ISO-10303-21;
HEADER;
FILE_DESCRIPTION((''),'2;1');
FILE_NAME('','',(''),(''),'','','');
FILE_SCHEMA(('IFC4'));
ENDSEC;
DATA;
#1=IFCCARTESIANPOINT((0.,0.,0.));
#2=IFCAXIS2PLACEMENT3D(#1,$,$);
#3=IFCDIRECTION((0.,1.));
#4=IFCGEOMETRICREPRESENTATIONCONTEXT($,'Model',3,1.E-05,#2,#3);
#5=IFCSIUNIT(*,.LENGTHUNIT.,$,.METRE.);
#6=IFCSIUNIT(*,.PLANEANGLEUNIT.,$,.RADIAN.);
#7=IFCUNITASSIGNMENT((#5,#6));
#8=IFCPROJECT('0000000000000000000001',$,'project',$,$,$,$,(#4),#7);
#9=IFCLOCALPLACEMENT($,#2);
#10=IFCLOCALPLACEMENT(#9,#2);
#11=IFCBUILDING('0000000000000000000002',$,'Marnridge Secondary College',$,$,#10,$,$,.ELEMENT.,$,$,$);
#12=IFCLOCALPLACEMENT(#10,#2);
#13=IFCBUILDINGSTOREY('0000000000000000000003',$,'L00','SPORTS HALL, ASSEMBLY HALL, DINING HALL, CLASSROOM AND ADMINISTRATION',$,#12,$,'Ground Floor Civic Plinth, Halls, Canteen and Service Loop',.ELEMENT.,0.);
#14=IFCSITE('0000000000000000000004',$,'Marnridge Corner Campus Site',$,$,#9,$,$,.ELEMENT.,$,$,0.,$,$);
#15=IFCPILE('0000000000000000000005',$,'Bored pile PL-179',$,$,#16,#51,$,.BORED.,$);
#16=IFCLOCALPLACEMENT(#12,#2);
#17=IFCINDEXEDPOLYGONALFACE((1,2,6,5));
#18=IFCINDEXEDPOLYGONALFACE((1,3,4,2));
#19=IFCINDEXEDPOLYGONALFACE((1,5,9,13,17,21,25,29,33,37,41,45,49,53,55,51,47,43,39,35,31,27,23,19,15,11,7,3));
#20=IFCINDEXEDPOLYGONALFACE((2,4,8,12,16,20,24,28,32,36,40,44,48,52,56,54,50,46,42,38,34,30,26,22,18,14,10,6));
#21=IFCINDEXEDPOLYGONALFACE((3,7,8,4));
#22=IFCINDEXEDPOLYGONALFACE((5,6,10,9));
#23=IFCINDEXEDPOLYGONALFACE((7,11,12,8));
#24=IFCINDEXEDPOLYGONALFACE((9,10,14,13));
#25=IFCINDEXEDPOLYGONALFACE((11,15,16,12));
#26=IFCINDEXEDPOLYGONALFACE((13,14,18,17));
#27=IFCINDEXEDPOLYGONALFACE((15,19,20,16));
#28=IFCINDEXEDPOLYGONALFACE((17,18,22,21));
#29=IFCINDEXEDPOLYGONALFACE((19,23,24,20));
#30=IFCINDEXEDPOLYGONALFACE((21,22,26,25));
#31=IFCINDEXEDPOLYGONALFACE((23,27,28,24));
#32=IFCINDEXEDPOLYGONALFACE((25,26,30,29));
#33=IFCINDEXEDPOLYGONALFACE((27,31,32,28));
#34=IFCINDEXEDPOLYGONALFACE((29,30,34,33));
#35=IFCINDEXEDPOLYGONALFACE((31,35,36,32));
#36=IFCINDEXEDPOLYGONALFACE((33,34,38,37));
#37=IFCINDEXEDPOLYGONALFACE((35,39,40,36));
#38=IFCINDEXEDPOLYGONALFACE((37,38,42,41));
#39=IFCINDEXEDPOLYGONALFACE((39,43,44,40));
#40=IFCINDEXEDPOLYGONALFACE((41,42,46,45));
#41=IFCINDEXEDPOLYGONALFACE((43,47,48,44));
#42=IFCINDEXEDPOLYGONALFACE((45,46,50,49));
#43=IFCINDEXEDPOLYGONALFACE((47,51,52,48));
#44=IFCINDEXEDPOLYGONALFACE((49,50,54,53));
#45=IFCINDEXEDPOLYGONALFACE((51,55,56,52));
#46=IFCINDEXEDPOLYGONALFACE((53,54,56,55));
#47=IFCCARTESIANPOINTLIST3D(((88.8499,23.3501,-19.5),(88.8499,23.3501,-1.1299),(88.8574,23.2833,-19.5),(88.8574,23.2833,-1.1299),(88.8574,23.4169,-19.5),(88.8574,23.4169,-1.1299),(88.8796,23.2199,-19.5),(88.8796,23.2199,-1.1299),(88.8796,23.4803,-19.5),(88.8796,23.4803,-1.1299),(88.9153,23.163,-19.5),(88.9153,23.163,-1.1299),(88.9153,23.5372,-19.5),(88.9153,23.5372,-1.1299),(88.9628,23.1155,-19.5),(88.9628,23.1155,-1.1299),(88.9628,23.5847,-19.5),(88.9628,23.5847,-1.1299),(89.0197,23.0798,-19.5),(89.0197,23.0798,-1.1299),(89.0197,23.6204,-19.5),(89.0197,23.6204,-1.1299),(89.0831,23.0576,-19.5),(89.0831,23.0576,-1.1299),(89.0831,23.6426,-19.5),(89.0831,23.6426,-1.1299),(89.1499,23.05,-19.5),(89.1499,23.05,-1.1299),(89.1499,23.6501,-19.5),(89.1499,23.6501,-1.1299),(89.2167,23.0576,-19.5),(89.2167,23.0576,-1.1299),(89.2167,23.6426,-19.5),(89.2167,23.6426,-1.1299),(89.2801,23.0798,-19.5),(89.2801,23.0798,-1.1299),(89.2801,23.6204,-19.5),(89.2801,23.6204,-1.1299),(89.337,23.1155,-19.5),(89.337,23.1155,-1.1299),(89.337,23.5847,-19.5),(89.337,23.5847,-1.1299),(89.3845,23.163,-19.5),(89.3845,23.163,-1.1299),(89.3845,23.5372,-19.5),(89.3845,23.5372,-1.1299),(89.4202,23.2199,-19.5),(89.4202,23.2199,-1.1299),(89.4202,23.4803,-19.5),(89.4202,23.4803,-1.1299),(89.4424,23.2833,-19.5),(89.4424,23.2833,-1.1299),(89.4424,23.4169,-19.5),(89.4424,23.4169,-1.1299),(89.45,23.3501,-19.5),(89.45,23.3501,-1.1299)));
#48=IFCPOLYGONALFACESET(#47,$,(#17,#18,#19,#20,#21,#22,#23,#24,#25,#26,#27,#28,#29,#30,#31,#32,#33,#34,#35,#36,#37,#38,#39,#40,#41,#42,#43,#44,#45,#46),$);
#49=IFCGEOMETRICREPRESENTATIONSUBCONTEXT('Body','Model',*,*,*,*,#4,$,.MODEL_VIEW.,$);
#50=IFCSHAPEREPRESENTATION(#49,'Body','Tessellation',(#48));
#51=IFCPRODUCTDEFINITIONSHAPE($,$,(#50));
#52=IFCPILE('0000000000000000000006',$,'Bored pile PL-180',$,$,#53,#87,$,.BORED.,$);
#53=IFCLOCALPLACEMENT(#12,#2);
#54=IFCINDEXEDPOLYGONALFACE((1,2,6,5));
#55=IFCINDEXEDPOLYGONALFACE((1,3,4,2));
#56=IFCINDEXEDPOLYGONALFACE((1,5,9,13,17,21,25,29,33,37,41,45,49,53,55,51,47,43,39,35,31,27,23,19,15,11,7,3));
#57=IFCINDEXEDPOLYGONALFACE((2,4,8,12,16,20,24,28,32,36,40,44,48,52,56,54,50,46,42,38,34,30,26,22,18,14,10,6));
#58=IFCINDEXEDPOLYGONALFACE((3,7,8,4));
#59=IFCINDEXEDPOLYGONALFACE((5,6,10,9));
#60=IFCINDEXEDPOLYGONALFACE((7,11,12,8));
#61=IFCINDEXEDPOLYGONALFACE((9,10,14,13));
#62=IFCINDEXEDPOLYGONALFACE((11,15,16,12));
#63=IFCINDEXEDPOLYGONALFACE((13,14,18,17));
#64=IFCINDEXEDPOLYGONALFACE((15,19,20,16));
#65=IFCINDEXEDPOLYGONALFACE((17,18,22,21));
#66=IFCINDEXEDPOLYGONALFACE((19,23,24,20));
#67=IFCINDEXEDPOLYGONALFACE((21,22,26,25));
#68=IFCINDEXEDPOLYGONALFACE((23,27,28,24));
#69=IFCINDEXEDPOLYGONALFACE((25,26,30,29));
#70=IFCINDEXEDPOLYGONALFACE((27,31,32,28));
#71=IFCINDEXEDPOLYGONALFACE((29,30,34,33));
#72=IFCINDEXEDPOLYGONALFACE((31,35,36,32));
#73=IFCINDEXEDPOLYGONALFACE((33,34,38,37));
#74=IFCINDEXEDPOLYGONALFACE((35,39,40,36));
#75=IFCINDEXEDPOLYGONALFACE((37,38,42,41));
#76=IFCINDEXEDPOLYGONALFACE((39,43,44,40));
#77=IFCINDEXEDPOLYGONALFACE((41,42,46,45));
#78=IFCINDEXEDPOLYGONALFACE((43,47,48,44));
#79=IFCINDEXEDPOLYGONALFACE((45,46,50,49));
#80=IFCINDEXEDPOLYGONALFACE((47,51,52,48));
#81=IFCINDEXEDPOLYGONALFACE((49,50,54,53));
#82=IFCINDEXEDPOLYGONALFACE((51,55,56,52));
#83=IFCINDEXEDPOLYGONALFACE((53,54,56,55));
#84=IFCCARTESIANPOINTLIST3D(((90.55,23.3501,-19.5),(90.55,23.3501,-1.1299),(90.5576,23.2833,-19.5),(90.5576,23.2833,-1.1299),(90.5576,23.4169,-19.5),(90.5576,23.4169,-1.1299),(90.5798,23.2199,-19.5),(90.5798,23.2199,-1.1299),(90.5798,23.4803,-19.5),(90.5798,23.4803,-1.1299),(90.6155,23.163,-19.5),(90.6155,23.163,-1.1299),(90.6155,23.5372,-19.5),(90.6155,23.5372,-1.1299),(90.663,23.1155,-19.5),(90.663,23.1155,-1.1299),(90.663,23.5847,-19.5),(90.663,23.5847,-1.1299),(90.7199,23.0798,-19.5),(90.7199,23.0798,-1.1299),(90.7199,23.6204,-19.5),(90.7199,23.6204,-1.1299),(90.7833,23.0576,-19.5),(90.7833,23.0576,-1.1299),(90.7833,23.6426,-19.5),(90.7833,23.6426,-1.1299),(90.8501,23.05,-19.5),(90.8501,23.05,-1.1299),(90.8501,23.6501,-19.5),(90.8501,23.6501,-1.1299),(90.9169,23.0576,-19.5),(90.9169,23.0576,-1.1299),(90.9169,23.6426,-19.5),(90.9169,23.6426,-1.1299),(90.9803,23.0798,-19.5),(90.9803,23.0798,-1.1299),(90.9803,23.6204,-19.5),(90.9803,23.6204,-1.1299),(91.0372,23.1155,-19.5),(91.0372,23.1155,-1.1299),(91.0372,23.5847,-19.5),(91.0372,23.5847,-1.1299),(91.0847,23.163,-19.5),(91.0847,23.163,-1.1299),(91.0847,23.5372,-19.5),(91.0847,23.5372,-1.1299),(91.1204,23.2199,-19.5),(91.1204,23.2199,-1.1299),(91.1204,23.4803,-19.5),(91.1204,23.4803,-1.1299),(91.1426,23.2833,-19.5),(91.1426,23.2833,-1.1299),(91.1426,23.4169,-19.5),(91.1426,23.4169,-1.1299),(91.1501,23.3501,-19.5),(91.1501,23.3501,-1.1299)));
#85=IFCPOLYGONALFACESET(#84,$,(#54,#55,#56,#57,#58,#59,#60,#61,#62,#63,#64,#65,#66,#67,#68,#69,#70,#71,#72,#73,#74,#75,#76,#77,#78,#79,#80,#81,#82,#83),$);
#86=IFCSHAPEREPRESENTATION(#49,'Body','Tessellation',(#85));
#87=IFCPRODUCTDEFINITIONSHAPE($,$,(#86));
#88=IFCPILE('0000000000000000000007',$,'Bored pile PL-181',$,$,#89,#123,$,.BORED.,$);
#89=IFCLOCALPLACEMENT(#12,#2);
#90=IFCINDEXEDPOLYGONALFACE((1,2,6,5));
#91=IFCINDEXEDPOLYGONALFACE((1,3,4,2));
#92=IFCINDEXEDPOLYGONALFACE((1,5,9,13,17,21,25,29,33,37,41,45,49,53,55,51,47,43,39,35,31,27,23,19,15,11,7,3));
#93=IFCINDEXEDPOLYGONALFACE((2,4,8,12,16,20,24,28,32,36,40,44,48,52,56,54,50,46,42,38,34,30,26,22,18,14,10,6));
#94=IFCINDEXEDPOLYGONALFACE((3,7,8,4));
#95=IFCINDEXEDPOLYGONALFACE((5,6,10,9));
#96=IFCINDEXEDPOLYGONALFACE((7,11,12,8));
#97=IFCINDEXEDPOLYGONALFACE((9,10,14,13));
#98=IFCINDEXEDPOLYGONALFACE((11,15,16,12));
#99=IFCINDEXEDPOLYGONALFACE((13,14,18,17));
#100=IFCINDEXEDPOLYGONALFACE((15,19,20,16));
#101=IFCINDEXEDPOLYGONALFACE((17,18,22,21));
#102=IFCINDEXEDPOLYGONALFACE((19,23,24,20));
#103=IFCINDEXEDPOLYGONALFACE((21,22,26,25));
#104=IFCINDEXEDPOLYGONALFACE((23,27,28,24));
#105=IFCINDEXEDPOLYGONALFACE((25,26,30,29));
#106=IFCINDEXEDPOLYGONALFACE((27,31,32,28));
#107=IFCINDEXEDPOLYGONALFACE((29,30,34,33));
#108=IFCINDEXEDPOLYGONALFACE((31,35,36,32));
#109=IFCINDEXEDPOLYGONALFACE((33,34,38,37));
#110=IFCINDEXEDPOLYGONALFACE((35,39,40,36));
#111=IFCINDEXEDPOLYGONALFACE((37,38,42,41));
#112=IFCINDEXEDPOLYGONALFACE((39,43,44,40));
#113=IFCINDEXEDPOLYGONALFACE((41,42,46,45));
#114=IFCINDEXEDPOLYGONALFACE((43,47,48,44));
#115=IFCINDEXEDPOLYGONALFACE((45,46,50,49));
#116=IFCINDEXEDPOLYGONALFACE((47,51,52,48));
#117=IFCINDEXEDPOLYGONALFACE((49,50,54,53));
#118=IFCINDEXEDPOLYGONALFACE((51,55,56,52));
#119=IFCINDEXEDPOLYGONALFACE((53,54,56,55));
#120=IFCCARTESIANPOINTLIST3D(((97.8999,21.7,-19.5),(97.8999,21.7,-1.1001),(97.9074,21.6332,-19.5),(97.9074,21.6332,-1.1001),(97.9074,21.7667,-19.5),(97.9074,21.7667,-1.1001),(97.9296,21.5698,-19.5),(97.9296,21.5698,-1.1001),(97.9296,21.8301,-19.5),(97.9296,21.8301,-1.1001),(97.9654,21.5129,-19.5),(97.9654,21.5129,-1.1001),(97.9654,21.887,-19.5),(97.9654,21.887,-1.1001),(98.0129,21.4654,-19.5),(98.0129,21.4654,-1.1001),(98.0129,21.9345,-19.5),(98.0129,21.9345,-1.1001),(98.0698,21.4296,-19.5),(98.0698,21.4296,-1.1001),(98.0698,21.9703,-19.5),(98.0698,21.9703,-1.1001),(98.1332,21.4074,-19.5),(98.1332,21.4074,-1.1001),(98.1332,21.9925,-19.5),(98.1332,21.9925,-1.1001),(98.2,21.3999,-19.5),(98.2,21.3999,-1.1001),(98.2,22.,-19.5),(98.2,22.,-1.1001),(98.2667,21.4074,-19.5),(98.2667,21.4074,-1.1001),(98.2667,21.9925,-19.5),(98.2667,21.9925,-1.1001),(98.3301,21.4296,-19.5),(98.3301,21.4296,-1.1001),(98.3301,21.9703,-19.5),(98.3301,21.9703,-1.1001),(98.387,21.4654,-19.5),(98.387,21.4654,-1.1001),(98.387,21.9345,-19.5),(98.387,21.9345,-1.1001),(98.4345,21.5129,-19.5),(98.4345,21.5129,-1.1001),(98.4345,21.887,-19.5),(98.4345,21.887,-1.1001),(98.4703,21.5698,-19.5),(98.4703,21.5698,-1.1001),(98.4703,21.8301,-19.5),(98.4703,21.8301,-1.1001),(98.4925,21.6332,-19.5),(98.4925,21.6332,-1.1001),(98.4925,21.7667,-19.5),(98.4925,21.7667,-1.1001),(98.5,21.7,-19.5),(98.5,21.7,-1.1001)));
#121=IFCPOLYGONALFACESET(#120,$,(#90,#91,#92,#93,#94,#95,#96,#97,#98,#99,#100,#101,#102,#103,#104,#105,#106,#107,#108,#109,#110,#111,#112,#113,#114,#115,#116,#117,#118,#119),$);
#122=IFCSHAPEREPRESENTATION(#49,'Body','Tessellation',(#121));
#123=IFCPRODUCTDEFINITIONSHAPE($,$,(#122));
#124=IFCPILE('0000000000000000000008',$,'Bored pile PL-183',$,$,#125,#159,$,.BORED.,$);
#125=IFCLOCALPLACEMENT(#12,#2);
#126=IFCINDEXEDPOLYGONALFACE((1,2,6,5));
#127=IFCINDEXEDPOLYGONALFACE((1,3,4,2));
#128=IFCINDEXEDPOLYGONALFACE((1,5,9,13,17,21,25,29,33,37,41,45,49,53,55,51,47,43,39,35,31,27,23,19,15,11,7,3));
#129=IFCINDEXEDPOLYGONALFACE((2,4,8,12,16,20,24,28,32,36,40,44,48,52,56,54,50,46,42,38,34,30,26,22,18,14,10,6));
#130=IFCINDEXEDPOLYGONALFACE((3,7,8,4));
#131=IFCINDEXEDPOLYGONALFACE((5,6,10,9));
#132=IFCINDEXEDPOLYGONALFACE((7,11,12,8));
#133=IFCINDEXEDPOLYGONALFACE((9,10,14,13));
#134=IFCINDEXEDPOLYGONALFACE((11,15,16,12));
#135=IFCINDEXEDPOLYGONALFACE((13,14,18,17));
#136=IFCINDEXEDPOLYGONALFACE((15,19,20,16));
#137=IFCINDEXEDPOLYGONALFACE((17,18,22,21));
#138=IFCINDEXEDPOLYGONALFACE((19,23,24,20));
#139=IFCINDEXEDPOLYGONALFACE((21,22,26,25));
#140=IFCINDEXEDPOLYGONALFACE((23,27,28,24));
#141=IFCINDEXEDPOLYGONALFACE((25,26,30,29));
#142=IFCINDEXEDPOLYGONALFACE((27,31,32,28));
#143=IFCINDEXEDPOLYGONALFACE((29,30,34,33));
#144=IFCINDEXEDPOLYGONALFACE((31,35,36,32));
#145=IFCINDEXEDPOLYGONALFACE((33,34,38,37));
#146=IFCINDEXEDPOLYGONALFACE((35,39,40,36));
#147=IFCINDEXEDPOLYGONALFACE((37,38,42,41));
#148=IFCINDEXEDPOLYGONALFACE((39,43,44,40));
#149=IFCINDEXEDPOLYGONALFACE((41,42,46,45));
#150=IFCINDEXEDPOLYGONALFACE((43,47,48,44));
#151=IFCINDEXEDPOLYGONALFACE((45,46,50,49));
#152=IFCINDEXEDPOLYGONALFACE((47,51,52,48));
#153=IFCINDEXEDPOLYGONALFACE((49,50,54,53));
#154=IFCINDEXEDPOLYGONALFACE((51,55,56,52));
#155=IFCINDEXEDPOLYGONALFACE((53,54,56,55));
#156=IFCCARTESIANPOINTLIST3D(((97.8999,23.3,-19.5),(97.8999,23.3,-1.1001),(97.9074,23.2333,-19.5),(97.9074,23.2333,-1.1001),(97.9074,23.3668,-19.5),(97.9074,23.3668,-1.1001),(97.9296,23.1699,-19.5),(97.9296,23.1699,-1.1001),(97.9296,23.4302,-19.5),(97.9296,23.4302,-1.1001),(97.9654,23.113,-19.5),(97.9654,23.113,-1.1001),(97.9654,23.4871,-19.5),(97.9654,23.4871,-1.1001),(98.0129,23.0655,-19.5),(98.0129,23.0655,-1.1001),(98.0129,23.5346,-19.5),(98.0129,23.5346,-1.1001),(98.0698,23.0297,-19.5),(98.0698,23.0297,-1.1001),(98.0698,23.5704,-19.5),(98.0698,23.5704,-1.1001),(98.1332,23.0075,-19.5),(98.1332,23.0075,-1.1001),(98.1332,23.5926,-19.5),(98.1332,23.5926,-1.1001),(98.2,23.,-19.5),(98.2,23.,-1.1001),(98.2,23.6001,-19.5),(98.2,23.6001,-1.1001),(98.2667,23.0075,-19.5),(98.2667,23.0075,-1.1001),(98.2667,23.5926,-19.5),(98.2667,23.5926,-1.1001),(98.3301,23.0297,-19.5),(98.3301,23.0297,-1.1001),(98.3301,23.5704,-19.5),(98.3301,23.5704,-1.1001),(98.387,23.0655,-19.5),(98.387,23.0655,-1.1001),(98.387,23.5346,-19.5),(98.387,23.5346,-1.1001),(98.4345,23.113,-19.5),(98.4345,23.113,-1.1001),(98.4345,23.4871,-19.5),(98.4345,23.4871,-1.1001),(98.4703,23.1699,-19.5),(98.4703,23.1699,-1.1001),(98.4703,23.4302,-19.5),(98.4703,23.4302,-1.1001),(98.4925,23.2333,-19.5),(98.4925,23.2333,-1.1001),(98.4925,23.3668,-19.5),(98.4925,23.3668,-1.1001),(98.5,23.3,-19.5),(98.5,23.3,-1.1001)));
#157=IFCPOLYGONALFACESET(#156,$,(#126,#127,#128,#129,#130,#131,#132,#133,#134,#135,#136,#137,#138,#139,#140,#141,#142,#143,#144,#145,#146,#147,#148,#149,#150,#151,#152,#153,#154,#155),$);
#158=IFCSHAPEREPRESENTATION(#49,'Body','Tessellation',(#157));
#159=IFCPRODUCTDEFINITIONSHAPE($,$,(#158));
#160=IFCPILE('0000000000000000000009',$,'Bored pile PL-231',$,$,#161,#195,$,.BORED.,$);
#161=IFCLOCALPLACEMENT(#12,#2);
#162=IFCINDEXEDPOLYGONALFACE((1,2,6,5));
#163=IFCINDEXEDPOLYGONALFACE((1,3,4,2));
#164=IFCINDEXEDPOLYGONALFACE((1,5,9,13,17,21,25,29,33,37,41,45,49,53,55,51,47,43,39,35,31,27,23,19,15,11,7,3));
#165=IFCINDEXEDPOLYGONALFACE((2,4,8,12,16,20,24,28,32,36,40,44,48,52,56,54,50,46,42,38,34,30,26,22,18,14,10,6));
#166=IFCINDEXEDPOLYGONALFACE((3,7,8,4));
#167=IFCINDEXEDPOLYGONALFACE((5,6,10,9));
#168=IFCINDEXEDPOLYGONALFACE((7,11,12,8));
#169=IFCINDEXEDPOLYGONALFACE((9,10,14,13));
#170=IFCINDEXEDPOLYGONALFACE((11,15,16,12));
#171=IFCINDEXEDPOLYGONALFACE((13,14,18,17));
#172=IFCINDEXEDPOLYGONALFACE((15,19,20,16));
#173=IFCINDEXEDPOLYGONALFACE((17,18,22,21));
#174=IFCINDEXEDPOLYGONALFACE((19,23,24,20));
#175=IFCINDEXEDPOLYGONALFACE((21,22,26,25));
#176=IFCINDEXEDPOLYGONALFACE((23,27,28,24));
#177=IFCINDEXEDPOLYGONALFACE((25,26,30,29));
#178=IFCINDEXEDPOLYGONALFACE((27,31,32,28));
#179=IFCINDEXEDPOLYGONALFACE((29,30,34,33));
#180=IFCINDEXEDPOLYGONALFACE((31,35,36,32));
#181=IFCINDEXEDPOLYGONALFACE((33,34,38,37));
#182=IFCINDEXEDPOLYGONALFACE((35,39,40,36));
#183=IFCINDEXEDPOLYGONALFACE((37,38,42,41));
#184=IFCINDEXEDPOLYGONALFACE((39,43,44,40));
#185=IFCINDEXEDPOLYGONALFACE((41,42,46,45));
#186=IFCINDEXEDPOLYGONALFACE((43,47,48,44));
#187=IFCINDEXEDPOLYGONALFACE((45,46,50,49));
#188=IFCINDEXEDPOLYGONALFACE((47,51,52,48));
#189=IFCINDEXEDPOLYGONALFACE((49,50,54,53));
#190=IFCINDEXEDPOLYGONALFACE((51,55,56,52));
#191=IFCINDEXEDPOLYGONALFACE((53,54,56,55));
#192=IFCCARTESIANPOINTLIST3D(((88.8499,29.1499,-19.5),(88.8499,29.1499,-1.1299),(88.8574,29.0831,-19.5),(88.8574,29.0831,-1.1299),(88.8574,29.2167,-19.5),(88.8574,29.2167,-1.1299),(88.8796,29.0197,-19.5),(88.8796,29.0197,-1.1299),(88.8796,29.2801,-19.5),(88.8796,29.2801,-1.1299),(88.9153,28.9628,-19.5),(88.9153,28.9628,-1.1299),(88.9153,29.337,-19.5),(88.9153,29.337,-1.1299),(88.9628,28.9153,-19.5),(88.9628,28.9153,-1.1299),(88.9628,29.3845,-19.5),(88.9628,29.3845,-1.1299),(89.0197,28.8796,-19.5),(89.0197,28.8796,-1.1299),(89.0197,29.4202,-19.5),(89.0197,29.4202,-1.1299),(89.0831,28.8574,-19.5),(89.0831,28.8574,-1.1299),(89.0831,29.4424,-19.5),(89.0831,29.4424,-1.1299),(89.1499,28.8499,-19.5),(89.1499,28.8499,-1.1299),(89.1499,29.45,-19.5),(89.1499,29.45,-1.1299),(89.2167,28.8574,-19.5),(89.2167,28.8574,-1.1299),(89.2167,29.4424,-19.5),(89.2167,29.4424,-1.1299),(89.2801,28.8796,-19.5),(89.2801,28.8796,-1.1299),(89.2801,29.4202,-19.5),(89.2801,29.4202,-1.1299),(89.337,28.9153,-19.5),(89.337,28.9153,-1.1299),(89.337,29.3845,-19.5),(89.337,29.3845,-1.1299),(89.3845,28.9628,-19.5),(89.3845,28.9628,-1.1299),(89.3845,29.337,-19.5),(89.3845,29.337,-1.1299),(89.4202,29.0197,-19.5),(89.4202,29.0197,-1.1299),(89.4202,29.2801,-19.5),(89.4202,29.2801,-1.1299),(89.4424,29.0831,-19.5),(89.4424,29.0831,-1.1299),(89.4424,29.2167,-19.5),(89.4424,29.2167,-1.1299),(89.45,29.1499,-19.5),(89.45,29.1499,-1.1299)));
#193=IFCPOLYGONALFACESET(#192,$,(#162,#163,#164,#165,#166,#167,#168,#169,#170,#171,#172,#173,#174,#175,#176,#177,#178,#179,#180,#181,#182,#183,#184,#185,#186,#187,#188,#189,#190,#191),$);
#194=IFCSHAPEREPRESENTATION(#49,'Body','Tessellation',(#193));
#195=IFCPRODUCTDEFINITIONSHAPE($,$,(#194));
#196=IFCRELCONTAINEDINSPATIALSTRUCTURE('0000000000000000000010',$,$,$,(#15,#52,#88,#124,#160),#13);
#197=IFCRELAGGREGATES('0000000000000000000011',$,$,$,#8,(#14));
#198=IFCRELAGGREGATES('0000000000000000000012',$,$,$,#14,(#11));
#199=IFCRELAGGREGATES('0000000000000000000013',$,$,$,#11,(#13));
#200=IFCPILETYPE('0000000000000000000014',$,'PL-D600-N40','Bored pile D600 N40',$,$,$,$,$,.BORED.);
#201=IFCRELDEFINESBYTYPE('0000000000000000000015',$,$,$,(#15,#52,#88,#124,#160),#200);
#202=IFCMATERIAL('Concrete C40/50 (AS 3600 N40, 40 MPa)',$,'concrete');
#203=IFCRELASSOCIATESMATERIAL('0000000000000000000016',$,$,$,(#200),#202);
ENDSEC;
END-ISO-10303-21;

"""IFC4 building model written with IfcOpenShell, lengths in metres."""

from ifc_helpers import new_model, si_unit, direction, frame, origin, origin_2d, place, context, subcontext, project, spatial, circle, extrude, material, material_profile, profile_set, type_object, element, save


model = new_model("IFC4")

# Units and contexts
model_context = context("Model", 3, precision=1e-05, world=origin(), true_north=direction((0.0, 1.0)))
body_context = subcontext(model_context, "Body", "Model", "MODEL_VIEW")
ifc_project = project(units=[si_unit("LENGTHUNIT", "METRE"), si_unit("PLANEANGLEUNIT", "RADIAN")], contexts=[model_context])

# Site, building, storey
site_placement = place(None, origin())
site = spatial("IfcSite", under=ifc_project, at=site_placement, Name="Marnridge Corner Campus Site", CompositionType="ELEMENT", RefElevation=0.0)
building_placement = place(site_placement, origin())
building = spatial("IfcBuilding", under=site, at=building_placement, Name="Marnridge Secondary College", CompositionType="ELEMENT")
storey_placement = place(building_placement, origin())
storey = spatial("IfcBuildingStorey", under=building, at=storey_placement, Name="L00", Description="SPORTS HALL, ASSEMBLY HALL, DINING HALL, CLASSROOM AND ADMINISTRATION", LongName="Ground Floor Civic Plinth, Halls, Canteen and Service Loop", CompositionType="ELEMENT", Elevation=0.0)

# Piles
ifc_material_1 = material(Name="Concrete C40/50 (AS 3600 N40, 40 MPa)", Category="concrete")
ifc_material_profile_1 = material_profile(ifc_material_1, circle(Radius=0.3, at=origin_2d()), Name="PILE D600")
ifc_profile_set_1 = profile_set([ifc_material_profile_1], Name="Concrete C40/50 (AS 3600 N40, 40 MPa)")
pile_type = type_object("IfcPileType", Name="PL-D600-N40", Description="Bored pile D600 N40", PredefinedType="BORED", material=ifc_profile_set_1)
for number, where, z_axis, x_axis, name in (
    (1, (89.1499, 23.3501, -1.1299), (0.0, 0.0, -1.0), (1.0, 0.0, 0.0), "Bored pile PL-179"),
    (2, (90.8501, 23.3501, -1.1299), (0.0, 0.0, -1.0), (1.0, 0.0, 0.0), "Bored pile PL-180"),
):
    element("IfcPile", number, at=place(storey_placement, frame(where, z_axis=z_axis, x_axis=x_axis)), inside=storey, type_object=pile_type, Name=name, PredefinedType="BORED", context=body_context, shape_type="SweptSolid", body=[
        extrude(circle(Radius=0.3, at=origin_2d()), origin(), (0.0, 0.0, 1.0), 18.3701),
    ])
for number, where, z_axis, x_axis, name in (
    (3, (98.2, 21.7, -1.1001), (0.0, 0.0, -1.0), (1.0, 0.0, 0.0), "Bored pile PL-181"),
    (4, (98.2, 23.3, -1.1001), (0.0, 0.0, -1.0), (1.0, 0.0, 0.0), "Bored pile PL-183"),
):
    element("IfcPile", number, at=place(storey_placement, frame(where, z_axis=z_axis, x_axis=x_axis)), inside=storey, type_object=pile_type, Name=name, PredefinedType="BORED", context=body_context, shape_type="SweptSolid", body=[
        extrude(circle(Radius=0.3, at=origin_2d()), origin(), (0.0, 0.0, 1.0), 18.3999),
    ])
for number, where, z_axis, x_axis, name in (
    (5, (89.1499, 29.1499, -1.1299), (0.0, 0.0, -1.0), (1.0, 0.0, 0.0), "Bored pile PL-231"),
):
    element("IfcPile", number, at=place(storey_placement, frame(where, z_axis=z_axis, x_axis=x_axis)), inside=storey, type_object=pile_type, Name=name, PredefinedType="BORED", context=body_context, shape_type="SweptSolid", body=[
        extrude(circle(Radius=0.3, at=origin_2d()), origin(), (0.0, 0.0, 1.0), 18.3701),
    ])

save(model, "model.ifc")
